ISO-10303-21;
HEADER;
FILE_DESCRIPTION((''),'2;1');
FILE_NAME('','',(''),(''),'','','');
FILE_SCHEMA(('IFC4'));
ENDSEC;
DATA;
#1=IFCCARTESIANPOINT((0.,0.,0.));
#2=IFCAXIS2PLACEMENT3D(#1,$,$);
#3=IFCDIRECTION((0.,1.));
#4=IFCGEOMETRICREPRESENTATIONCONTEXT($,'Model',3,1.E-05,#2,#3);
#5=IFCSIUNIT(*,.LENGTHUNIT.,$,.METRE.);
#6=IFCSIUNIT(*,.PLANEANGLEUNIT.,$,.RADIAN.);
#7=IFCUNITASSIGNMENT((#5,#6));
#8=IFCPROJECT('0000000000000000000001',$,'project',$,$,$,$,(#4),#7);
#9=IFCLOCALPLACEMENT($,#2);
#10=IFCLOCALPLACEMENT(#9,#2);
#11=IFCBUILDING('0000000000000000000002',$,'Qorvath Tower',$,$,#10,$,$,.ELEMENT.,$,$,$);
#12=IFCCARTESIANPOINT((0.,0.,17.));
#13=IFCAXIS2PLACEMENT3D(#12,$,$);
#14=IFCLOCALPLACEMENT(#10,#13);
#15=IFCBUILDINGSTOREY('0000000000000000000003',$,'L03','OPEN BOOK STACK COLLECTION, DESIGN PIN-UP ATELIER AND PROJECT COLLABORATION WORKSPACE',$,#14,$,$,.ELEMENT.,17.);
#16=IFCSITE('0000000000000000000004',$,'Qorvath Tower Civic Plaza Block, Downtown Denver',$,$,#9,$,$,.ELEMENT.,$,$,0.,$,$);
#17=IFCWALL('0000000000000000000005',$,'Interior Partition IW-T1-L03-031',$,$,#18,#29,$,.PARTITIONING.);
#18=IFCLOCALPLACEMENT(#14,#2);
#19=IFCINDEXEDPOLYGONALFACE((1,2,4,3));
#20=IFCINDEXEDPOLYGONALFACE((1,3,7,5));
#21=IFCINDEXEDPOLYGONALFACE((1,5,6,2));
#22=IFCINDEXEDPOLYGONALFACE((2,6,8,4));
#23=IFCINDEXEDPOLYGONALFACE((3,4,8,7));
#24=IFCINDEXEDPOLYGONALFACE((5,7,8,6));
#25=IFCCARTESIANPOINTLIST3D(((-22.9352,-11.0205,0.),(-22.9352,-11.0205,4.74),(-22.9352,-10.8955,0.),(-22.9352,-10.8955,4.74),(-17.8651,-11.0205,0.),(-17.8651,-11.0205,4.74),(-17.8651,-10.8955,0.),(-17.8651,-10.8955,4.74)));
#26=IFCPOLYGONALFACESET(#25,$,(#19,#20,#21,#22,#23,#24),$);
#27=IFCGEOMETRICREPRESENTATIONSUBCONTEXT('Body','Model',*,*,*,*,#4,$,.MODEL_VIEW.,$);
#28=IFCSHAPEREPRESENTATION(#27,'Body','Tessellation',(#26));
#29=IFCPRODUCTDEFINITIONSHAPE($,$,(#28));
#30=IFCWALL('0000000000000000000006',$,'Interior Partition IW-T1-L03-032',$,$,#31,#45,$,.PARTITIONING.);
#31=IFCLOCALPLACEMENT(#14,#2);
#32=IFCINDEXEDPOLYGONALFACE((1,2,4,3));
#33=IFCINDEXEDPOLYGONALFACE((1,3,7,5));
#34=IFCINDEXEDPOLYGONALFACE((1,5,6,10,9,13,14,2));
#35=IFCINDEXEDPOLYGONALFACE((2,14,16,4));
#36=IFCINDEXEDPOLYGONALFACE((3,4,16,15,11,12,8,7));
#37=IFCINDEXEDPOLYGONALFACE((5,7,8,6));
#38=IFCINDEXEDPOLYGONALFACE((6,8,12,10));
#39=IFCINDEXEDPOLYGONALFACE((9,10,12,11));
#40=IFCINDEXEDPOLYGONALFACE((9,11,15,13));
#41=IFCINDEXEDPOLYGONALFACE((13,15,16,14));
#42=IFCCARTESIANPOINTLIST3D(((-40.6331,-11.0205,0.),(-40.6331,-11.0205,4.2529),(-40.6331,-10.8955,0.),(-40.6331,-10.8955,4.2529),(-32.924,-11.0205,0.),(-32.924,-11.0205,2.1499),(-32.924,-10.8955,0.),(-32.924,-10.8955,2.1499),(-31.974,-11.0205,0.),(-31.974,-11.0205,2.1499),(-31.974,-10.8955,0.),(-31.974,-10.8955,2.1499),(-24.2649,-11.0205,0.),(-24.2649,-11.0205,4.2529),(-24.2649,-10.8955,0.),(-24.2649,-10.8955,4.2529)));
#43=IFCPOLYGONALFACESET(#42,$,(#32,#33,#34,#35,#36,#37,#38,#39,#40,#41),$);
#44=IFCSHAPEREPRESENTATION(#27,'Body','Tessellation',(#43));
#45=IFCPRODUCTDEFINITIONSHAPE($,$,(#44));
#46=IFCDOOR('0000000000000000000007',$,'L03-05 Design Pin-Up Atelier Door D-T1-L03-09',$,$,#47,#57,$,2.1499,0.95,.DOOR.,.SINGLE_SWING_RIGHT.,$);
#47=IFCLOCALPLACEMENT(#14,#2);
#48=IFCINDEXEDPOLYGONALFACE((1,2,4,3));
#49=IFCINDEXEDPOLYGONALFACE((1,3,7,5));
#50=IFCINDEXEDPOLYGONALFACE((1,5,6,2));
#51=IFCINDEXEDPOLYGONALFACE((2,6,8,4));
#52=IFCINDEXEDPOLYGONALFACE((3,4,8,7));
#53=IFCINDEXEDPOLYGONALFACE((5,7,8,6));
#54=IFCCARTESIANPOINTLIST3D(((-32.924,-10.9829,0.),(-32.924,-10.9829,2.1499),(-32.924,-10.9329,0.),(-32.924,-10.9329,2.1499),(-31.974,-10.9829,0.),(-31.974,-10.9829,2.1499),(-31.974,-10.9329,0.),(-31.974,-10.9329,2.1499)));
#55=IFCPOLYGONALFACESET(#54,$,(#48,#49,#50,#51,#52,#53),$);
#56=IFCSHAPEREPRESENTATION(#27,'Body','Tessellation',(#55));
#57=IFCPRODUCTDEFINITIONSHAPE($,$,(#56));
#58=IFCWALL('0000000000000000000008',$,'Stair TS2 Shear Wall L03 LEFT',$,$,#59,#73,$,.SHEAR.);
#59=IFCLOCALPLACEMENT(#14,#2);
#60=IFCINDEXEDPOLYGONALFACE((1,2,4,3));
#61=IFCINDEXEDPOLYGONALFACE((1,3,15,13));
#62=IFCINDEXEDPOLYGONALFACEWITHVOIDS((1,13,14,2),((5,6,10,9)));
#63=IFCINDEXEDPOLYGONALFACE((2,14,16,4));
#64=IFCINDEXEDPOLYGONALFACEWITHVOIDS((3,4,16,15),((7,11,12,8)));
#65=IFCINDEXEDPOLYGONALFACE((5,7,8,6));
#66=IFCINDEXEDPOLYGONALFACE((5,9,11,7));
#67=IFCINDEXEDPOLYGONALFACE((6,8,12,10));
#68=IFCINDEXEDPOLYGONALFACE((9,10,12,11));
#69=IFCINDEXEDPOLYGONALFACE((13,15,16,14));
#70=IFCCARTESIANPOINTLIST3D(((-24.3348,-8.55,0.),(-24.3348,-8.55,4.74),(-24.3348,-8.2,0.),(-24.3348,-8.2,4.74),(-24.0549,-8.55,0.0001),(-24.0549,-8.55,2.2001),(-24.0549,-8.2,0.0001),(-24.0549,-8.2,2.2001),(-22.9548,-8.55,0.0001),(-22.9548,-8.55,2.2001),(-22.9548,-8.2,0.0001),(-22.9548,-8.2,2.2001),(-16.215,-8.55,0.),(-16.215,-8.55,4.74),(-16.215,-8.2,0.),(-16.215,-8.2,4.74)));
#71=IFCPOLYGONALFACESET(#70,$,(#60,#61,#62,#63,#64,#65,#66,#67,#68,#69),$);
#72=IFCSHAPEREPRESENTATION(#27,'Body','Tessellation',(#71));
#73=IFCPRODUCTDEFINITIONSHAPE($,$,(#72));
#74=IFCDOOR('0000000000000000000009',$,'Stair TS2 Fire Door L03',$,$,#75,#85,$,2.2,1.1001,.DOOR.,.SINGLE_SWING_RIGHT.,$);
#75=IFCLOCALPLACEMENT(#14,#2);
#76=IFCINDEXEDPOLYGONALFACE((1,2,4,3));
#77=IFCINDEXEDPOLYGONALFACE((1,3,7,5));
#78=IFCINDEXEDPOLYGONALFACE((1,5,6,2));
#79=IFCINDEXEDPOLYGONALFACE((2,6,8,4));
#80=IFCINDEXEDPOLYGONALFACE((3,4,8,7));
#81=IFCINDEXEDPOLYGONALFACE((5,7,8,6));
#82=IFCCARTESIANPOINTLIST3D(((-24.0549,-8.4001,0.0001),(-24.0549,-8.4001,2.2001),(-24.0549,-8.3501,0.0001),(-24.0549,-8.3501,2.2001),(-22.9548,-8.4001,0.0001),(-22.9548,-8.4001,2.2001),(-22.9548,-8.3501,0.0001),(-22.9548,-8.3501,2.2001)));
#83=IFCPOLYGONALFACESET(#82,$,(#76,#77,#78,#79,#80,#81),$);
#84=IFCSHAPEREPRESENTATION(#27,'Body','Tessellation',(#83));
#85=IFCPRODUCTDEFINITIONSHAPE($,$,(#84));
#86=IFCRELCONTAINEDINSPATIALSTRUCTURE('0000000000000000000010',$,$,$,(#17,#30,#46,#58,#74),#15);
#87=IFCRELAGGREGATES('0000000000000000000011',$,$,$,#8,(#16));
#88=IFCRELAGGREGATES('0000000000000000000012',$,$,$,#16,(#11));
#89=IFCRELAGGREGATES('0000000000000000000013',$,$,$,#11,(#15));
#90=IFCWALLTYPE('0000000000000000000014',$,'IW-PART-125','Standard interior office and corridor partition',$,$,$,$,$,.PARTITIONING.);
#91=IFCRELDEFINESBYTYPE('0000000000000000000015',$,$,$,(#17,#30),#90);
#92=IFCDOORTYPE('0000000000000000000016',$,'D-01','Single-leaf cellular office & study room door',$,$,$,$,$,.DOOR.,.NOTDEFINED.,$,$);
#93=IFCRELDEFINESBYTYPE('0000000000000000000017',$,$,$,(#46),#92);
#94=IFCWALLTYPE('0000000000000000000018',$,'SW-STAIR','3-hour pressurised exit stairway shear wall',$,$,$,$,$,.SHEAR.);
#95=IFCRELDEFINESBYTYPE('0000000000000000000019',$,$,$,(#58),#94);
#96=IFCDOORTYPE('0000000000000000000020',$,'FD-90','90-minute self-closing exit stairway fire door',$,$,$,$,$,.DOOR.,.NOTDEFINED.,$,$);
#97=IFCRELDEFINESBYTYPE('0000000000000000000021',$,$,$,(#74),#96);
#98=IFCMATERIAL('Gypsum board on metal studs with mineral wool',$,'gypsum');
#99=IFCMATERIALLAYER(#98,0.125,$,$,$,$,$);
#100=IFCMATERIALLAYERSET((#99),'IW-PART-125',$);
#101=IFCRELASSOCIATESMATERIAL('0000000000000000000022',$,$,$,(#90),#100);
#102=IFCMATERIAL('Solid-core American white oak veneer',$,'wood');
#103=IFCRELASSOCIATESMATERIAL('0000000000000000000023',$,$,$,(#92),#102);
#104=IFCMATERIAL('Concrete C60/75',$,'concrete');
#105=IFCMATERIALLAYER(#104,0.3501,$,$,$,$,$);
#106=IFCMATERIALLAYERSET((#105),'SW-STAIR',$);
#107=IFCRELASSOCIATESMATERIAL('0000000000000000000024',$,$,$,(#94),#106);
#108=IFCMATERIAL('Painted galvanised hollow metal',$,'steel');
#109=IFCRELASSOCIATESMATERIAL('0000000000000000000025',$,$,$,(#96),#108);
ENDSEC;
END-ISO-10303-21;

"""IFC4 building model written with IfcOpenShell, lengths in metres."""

from ifc_helpers import new_model, si_unit, direction, frame, frame_2d, origin, place, context, subcontext, project, spatial, rectangle, extrude, material, layer, layer_set, type_object, element, fill, save


model = new_model("IFC4")

# Units and contexts
model_context = context("Model", 3, precision=1e-05, world=origin(), true_north=direction((0.0, 1.0)))
body_context = subcontext(model_context, "Body", "Model", "MODEL_VIEW")
ifc_project = project(units=[si_unit("LENGTHUNIT", "METRE"), si_unit("PLANEANGLEUNIT", "RADIAN")], contexts=[model_context])

# Site, building, storey
site_placement = place(None, origin())
site = spatial("IfcSite", under=ifc_project, at=site_placement, Name="Qorvath Tower Civic Plaza Block, Downtown Denver", CompositionType="ELEMENT", RefElevation=0.0)
building_placement = place(site_placement, origin())
building = spatial("IfcBuilding", under=site, at=building_placement, Name="Qorvath Tower", CompositionType="ELEMENT")
storey_placement = place(building_placement, frame((0.0, 0.0, 17.0)))
storey = spatial("IfcBuildingStorey", under=building, at=storey_placement, Name="L03", Description="OPEN BOOK STACK COLLECTION, DESIGN PIN-UP ATELIER AND PROJECT COLLABORATION WORKSPACE", CompositionType="ELEMENT", Elevation=17.0)

# Wall
ifc_material_1 = material(Name="Gypsum board on metal studs with mineral wool", Category="gypsum")
ifc_layer_1 = layer(ifc_material_1, 0.125)
ifc_layer_set_1 = layer_set([ifc_layer_1], Name="IW-PART-125")
wall_type_1 = type_object("IfcWallType", Name="IW-PART-125", Description="Standard interior office and corridor partition", PredefinedType="PARTITIONING", material=ifc_layer_set_1)
wall_1_placement = place(storey_placement, frame((-17.865, -10.958, 0.0), z_axis=(0.0, 0.0, 1.0), x_axis=(-1.0, 0.0, 0.0)))
element("IfcWall", 1, at=wall_1_placement, inside=storey, type_object=wall_type_1, Name="Interior Partition IW-T1-L03-031", PredefinedType="PARTITIONING", context=body_context, shape_type="SweptSolid", body=[
    extrude(rectangle(XDim=5.0701, YDim=0.125, at=frame_2d((2.5352, 0.0))), origin(), (0.0, 0.0, 1.0), 4.74),
])

# Walls, openings, doors
wall_2_placement = place(storey_placement, frame((-24.2649, -10.958, 0.0), z_axis=(0.0, 0.0, 1.0), x_axis=(-1.0, 0.0, 0.0)))
wall_2 = element("IfcWall", 2, at=wall_2_placement, inside=storey, type_object=wall_type_1, Name="Interior Partition IW-T1-L03-032", PredefinedType="PARTITIONING", context=body_context, shape_type="SweptSolid", body=[
    extrude(rectangle(XDim=16.3682, YDim=0.125, at=frame_2d((8.1841, 0.0))), origin(), (0.0, 0.0, 1.0), 4.2529),
])
opening_1_placement = place(wall_2_placement, frame((7.709, 0.0, 0.0)))
opening_1 = element("IfcOpeningElement", 3, at=opening_1_placement, cuts=wall_2, PredefinedType="OPENING", context=body_context, shape_type="SweptSolid", body=[
    extrude(rectangle(XDim=0.95, YDim=2.1499, at=frame_2d((0.4751, 1.075))), frame((0.0, 0.0725, 0.0), z_axis=(0.0, -1.0, 0.0), x_axis=(1.0, 0.0, 0.0)), (0.0, 0.0, 1.0), 0.145),
])
ifc_material_2 = material(Name="Solid-core American white oak veneer", Category="wood")
door_type_1 = type_object("IfcDoorType", Name="D-01", Description="Single-leaf cellular office & study room door", OperationType="NOTDEFINED", PredefinedType="DOOR", material=ifc_material_2)
door_1_placement = place(opening_1_placement, origin())
door_1 = element("IfcDoor", 4, at=door_1_placement, inside=storey, type_object=door_type_1, Name="L03-05 Design Pin-Up Atelier Door D-T1-L03-09", OperationType="SINGLE_SWING_RIGHT", OverallHeight=2.1499, OverallWidth=0.95, PredefinedType="DOOR", context=body_context, shape_type="SweptSolid", body=[
    extrude(rectangle(XDim=0.95, YDim=2.1499, at=frame_2d((0.4751, 1.075))), frame((0.0, 0.0249, 0.0), z_axis=(0.0, -1.0, 0.0), x_axis=(1.0, 0.0, 0.0)), (0.0, 0.0, 1.0), 0.05),
])
fill(opening_1, door_1)
ifc_material_3 = material(Name="Concrete C60/75", Category="concrete")
ifc_layer_2 = layer(ifc_material_3, 0.3501)
ifc_layer_set_2 = layer_set([ifc_layer_2], Name="SW-STAIR")
wall_type_2 = type_object("IfcWallType", Name="SW-STAIR", Description="3-hour pressurised exit stairway shear wall", PredefinedType="SHEAR", material=ifc_layer_set_2)
wall_3_placement = place(storey_placement, frame((-24.335, -8.375, 0.0), z_axis=(0.0, 0.0, 1.0), x_axis=(1.0, 0.0, 0.0)))
wall_3 = element("IfcWall", 5, at=wall_3_placement, inside=storey, type_object=wall_type_2, Name="Stair TS2 Shear Wall L03 LEFT", PredefinedType="SHEAR", context=body_context, shape_type="SweptSolid", body=[
    extrude(rectangle(XDim=8.1199, YDim=0.3501, at=frame_2d((4.0601, 0.0))), origin(), (0.0, 0.0, 1.0), 4.74),
])
opening_2_placement = place(wall_3_placement, frame((0.28, 0.0, 0.0)))
opening_2 = element("IfcOpeningElement", 6, at=opening_2_placement, cuts=wall_3, PredefinedType="OPENING", context=body_context, shape_type="SweptSolid", body=[
    extrude(rectangle(XDim=1.1001, YDim=2.2, at=frame_2d((0.55, 1.1001))), frame((0.0, 0.1851, 0.0), z_axis=(0.0, -1.0, 0.0), x_axis=(1.0, 0.0, 0.0)), (0.0, 0.0, 1.0), 0.3701),
])
ifc_material_4 = material(Name="Painted galvanised hollow metal", Category="steel")
door_type_2 = type_object("IfcDoorType", Name="FD-90", Description="90-minute self-closing exit stairway fire door", OperationType="NOTDEFINED", PredefinedType="DOOR", material=ifc_material_4)
door_2_placement = place(opening_2_placement, origin())
door_2 = element("IfcDoor", 7, at=door_2_placement, inside=storey, type_object=door_type_2, Name="Stair TS2 Fire Door L03", OperationType="SINGLE_SWING_RIGHT", OverallHeight=2.2, OverallWidth=1.1001, PredefinedType="DOOR", context=body_context, shape_type="SweptSolid", body=[
    extrude(rectangle(XDim=1.1001, YDim=2.2, at=frame_2d((0.55, 1.1001))), frame((0.0, 0.0249, 0.0), z_axis=(0.0, -1.0, 0.0), x_axis=(1.0, 0.0, 0.0)), (0.0, 0.0, 1.0), 0.05),
])
fill(opening_2, door_2)

save(model, "model.ifc")
